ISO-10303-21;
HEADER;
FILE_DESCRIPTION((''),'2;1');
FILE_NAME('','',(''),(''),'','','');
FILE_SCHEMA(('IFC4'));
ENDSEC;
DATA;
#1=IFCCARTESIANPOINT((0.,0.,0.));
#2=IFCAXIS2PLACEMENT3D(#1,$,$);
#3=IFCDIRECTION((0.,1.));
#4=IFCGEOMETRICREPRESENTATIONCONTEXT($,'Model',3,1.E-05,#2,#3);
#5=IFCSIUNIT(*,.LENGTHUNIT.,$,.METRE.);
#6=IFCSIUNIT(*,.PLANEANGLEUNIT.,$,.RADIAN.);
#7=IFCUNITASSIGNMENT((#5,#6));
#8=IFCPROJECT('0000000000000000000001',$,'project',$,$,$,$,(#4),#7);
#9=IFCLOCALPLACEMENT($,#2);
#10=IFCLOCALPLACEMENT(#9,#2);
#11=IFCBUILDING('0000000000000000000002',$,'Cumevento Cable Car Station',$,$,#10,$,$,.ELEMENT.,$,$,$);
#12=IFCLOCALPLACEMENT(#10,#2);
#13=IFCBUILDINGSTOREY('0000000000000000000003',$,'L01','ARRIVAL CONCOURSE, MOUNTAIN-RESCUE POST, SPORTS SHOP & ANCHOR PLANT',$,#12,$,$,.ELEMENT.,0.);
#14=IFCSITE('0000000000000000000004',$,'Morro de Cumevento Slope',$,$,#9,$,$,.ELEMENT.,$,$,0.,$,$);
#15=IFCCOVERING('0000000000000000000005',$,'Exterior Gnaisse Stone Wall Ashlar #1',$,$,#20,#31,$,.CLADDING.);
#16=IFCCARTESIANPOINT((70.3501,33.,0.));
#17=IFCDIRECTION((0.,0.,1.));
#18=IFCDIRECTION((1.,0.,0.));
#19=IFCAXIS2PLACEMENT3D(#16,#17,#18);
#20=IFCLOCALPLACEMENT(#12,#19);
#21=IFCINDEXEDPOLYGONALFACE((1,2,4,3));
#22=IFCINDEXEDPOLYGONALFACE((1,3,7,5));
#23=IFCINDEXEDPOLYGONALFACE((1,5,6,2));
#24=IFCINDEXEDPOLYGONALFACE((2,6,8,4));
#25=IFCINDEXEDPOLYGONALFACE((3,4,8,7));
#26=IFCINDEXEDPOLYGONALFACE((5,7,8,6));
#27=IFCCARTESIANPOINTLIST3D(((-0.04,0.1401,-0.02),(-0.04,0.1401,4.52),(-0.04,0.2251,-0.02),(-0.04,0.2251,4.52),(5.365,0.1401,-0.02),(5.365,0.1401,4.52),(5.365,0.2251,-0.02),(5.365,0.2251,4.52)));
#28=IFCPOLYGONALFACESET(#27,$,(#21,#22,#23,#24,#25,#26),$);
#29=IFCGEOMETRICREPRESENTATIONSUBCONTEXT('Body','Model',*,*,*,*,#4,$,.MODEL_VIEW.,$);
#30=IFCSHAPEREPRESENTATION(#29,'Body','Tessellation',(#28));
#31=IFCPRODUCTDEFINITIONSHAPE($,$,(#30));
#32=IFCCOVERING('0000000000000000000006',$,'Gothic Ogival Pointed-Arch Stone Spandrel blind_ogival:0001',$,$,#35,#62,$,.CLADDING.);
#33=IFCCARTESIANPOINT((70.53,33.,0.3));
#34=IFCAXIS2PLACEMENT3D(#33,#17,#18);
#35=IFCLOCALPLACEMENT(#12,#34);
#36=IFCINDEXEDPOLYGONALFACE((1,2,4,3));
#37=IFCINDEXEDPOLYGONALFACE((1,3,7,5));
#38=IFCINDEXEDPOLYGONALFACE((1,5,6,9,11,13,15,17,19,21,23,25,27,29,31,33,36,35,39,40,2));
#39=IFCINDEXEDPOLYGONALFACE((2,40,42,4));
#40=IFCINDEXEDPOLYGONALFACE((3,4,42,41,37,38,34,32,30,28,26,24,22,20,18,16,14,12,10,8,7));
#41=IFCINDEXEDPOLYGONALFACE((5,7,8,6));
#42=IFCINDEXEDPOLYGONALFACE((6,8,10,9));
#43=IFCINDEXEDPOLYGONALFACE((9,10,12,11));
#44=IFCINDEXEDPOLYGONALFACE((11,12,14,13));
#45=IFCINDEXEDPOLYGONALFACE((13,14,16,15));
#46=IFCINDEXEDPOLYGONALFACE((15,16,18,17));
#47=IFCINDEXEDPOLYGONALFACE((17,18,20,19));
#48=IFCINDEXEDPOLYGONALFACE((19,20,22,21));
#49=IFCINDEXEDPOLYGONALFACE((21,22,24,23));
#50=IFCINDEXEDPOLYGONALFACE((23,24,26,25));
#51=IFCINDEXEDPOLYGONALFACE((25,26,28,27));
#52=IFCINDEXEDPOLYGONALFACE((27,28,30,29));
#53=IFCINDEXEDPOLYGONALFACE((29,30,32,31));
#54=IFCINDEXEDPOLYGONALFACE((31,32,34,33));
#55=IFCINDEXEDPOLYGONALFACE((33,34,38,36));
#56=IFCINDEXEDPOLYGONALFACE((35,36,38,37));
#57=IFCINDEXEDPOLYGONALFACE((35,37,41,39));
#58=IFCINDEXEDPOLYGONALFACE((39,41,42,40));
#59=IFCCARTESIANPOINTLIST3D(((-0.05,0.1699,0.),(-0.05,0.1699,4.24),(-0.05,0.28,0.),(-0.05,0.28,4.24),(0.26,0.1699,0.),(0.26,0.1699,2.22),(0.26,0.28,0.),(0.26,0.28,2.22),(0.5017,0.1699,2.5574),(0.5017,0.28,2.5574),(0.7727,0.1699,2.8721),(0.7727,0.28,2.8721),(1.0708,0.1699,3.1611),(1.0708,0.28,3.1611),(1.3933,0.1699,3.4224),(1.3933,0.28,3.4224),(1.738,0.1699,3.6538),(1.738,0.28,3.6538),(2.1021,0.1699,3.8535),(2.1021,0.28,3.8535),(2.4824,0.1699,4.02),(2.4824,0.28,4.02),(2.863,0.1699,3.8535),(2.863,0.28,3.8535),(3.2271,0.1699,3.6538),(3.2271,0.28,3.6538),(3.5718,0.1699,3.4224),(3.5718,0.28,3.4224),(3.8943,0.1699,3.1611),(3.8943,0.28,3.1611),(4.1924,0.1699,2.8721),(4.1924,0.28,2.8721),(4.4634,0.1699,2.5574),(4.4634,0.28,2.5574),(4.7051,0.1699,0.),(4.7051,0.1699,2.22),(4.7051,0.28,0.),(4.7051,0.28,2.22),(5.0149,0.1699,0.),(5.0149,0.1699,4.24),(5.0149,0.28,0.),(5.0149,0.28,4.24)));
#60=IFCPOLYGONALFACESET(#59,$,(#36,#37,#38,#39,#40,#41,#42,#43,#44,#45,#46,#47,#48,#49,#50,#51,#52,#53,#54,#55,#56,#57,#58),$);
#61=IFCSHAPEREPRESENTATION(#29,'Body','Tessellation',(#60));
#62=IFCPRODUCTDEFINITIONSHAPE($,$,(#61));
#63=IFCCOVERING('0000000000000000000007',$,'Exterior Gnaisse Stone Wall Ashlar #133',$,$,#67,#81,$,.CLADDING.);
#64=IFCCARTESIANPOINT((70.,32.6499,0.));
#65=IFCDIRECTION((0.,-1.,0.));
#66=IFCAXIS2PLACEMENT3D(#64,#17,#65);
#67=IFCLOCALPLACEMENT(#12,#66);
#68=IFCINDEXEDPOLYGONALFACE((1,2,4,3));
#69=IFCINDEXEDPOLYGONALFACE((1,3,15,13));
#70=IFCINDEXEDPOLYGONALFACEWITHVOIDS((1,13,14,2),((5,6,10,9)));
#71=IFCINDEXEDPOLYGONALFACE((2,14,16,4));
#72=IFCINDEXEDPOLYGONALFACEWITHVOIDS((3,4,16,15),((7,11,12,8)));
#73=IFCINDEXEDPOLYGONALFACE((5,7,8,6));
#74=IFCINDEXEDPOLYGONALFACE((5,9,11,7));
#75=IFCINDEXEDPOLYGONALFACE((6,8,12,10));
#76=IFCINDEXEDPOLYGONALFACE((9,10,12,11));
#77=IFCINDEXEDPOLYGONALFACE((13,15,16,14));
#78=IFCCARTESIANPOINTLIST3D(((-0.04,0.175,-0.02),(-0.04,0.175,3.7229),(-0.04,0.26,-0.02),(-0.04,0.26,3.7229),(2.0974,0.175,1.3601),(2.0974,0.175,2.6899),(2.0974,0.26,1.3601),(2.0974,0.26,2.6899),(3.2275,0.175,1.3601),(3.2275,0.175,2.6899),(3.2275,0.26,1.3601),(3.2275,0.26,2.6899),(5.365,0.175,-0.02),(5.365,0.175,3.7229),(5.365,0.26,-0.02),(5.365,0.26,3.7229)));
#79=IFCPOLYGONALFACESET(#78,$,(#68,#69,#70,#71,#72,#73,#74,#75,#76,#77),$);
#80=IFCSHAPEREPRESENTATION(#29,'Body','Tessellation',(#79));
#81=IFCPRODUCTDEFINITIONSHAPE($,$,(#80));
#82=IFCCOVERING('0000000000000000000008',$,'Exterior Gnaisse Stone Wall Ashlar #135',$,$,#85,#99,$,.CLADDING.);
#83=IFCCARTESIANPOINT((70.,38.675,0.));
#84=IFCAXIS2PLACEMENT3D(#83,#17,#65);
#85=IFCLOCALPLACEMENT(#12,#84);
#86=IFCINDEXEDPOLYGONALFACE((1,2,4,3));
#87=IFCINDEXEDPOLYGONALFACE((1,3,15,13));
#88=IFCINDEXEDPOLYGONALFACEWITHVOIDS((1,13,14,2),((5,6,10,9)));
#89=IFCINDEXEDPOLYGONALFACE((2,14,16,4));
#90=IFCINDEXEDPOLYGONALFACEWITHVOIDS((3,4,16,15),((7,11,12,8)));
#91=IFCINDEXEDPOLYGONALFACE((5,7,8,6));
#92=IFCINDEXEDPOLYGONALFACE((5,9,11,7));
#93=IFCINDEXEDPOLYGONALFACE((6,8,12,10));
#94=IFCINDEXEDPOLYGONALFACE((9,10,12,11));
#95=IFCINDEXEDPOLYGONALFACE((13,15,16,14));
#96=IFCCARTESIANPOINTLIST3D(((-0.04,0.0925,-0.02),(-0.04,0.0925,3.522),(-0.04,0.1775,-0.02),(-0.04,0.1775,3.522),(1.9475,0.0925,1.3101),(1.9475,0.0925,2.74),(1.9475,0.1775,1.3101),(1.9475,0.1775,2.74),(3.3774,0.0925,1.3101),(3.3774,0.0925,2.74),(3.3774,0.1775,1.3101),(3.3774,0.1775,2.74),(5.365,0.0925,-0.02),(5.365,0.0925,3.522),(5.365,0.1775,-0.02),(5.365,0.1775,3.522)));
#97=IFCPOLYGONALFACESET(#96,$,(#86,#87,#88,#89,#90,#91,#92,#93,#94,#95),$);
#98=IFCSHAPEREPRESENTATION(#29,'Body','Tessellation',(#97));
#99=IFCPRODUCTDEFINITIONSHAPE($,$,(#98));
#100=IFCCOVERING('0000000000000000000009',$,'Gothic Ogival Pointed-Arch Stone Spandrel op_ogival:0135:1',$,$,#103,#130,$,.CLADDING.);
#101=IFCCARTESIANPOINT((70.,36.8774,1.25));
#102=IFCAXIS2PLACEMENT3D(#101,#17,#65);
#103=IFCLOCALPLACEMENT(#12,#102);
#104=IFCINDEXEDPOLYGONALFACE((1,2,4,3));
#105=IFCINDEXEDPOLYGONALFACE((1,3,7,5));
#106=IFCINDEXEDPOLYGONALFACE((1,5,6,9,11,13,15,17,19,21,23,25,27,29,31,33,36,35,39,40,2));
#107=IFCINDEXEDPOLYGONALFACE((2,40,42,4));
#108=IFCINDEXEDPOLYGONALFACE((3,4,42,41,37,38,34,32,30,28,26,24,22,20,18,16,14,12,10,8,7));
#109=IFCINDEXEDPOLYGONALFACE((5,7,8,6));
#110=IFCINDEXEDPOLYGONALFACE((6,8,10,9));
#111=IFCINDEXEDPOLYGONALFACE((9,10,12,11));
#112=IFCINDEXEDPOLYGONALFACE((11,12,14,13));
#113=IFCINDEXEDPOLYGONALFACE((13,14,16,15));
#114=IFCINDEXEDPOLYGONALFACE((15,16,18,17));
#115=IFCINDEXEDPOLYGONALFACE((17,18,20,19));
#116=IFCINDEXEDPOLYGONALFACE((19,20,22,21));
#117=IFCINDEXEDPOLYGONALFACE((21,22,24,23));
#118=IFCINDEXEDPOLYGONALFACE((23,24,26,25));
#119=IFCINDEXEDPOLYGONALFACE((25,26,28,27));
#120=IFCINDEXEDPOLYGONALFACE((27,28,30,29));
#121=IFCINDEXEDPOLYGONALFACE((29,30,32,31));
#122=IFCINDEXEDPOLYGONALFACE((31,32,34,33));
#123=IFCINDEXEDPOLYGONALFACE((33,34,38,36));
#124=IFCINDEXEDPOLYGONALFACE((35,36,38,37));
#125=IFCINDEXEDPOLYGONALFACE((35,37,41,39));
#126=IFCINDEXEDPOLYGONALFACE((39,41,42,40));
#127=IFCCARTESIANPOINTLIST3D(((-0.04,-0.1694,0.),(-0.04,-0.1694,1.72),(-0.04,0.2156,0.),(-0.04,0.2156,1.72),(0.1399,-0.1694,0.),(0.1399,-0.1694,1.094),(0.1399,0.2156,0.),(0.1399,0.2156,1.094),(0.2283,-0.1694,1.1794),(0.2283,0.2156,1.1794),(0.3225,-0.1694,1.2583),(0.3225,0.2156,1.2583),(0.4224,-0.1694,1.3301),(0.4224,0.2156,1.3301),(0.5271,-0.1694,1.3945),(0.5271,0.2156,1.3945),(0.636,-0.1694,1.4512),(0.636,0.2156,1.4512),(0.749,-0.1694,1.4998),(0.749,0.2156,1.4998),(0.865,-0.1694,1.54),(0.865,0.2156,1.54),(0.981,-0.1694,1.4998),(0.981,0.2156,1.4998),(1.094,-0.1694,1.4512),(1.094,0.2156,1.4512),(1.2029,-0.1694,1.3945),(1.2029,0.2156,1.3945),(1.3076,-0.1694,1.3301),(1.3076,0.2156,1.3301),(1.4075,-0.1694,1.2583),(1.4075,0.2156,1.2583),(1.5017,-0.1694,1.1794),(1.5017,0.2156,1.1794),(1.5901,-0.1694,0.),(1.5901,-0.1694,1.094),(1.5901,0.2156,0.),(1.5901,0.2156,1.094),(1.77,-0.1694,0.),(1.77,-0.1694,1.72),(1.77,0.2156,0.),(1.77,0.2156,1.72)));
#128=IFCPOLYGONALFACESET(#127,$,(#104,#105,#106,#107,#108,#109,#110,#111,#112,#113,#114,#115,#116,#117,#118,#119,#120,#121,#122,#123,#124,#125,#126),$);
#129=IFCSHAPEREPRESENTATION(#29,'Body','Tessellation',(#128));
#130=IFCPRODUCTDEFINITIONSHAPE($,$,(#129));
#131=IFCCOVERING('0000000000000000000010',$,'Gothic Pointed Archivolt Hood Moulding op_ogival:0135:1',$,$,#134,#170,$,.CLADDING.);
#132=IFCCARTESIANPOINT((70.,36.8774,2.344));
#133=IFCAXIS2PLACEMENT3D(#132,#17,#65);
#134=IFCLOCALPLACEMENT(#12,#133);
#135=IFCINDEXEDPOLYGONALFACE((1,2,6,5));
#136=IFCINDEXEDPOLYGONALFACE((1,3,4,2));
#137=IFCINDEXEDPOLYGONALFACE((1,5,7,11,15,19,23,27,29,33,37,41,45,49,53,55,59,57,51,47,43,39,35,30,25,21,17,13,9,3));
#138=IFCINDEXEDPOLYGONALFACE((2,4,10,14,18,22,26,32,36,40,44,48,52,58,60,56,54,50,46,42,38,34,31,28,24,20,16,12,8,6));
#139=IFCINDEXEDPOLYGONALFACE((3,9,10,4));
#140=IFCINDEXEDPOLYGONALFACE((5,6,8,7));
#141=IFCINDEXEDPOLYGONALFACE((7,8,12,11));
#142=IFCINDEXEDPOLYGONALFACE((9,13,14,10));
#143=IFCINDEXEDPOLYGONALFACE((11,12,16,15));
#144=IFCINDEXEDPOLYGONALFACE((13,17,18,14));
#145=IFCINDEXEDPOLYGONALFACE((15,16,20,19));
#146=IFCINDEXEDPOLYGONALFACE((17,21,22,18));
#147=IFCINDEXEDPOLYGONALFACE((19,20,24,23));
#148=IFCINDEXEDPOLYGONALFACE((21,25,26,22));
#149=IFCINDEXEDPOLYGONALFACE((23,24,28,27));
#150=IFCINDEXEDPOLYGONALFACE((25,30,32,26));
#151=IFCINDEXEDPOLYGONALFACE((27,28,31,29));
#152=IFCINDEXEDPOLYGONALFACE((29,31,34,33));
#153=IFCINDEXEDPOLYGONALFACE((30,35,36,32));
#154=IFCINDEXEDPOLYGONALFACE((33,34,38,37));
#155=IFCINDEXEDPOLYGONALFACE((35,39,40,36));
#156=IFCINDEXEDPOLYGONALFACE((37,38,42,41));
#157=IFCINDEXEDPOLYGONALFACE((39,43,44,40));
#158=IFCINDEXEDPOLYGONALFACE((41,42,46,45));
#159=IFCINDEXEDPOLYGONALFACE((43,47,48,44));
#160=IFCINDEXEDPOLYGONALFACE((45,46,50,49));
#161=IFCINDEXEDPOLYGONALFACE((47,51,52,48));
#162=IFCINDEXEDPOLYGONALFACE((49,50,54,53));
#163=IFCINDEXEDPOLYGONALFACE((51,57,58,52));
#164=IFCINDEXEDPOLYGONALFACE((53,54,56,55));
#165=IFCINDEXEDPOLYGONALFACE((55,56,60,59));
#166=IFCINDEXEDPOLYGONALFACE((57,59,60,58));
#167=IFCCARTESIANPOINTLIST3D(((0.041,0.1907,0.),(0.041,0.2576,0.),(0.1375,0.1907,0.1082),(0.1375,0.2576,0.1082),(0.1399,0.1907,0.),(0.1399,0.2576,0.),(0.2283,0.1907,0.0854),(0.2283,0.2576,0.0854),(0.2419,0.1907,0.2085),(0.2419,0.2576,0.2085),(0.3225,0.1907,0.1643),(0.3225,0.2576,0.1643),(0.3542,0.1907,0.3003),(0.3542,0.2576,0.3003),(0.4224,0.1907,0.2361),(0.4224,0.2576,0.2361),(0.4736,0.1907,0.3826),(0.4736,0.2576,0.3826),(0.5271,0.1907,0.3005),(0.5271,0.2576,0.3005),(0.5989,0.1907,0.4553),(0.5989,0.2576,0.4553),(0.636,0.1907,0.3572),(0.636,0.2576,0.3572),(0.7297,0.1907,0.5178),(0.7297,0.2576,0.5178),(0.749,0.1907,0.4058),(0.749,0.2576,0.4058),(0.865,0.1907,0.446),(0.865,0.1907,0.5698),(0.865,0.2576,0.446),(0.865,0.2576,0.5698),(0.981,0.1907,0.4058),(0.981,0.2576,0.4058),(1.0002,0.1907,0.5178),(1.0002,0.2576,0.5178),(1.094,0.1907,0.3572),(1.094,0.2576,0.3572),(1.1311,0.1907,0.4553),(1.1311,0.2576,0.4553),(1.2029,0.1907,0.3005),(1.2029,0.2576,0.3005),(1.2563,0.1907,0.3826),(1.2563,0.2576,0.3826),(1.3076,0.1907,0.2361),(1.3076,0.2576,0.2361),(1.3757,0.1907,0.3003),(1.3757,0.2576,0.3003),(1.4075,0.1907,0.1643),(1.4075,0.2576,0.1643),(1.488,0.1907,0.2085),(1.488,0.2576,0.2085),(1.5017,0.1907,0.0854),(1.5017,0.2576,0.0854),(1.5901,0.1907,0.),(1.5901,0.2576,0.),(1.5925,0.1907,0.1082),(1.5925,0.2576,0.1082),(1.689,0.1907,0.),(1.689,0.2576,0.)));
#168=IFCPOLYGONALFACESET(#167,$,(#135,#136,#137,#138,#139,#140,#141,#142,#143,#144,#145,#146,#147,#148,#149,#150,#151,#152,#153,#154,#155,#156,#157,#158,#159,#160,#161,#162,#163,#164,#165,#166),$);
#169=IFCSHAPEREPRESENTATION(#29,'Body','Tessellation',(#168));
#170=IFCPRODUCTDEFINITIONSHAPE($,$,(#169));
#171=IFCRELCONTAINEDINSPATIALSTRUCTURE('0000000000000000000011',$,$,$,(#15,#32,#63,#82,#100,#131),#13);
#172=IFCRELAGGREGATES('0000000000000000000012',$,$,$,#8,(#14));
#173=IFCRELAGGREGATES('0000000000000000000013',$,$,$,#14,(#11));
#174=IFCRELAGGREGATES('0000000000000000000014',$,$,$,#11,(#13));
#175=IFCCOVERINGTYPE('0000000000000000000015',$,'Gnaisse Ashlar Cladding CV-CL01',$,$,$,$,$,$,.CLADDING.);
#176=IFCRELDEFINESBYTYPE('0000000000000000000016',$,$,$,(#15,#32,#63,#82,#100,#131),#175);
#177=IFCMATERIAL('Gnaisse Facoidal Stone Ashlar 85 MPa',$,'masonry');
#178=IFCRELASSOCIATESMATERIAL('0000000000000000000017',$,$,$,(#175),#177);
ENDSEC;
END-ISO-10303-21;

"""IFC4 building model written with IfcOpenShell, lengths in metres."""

from ifc_helpers import new_model, si_unit, direction, frame, origin, place, context, subcontext, project, spatial, polyline, outline, extrude, material, type_object, element, save


model = new_model("IFC4")

# Units and contexts
model_context = context("Model", 3, precision=1e-05, world=origin(), true_north=direction((0.0, 1.0)))
body_context = subcontext(model_context, "Body", "Model", "MODEL_VIEW")
ifc_project = project(units=[si_unit("LENGTHUNIT", "METRE"), si_unit("PLANEANGLEUNIT", "RADIAN")], contexts=[model_context])

# Site, building, storey
site_placement = place(None, origin())
site = spatial("IfcSite", under=ifc_project, at=site_placement, Name="Morro de Cumevento Slope", CompositionType="ELEMENT", RefElevation=0.0)
building_placement = place(site_placement, origin())
building = spatial("IfcBuilding", under=site, at=building_placement, Name="Cumevento Cable Car Station", CompositionType="ELEMENT")
storey_placement = place(building_placement, origin())
storey = spatial("IfcBuildingStorey", under=building, at=storey_placement, Name="L01", Description="ARRIVAL CONCOURSE, MOUNTAIN-RESCUE POST, SPORTS SHOP & ANCHOR PLANT", CompositionType="ELEMENT", Elevation=0.0)

# Coverings
ifc_material_1 = material(Name="Gnaisse Facoidal Stone Ashlar 85 MPa", Category="masonry")
covering_type = type_object("IfcCoveringType", Name="Gnaisse Ashlar Cladding CV-CL01", PredefinedType="CLADDING", material=ifc_material_1)
covering_1_placement = place(storey_placement, frame((70.3501, 33.0, 0.0), z_axis=(0.0, 0.0, 1.0), x_axis=(1.0, 0.0, 0.0)))
element("IfcCovering", 1, at=covering_1_placement, inside=storey, type_object=covering_type, Name="Exterior Gnaisse Stone Wall Ashlar #1", PredefinedType="CLADDING", context=body_context, shape_type="SweptSolid", body=[
    extrude(outline(polyline([(-0.04, -0.02), (5.365, -0.02), (5.365, 4.52), (-0.04, 4.52), (-0.04, -0.02)])), frame((0.0, 0.2251, 0.0), z_axis=(0.0, -1.0, 0.0), x_axis=(1.0, 0.0, 0.0)), (0.0, 0.0, 1.0), 0.085),
])
covering_2_placement = place(storey_placement, frame((70.53, 33.0, 0.3), z_axis=(0.0, 0.0, 1.0), x_axis=(1.0, 0.0, 0.0)))
element("IfcCovering", 2, at=covering_2_placement, inside=storey, type_object=covering_type, Name="Gothic Ogival Pointed-Arch Stone Spandrel blind_ogival:0001", PredefinedType="CLADDING", context=body_context, shape_type="SweptSolid", body=[
    extrude(outline(polyline([(-0.05, 0.0), (-0.05, 4.24), (5.0149, 4.24), (5.0149, 0.0), (4.7051, 0.0), (4.7051, 2.22), (4.4634, 2.5574), (4.1924, 2.8721), (3.8943, 3.1611), (3.5718, 3.4224), (3.2271, 3.6538), (2.863, 3.8535), (2.4824, 4.02), (2.1021, 3.8535), (1.738, 3.6538), (1.3933, 3.4224), (1.0708, 3.1611), (0.7727, 2.8721), (0.5017, 2.5574), (0.26, 2.22), (0.26, 0.0), (-0.05, 0.0)])), frame((0.0, 0.28, 0.0), z_axis=(0.0, -1.0, 0.0), x_axis=(1.0, 0.0, 0.0)), (0.0, 0.0, 1.0), 0.1101),
])
covering_3_placement = place(storey_placement, frame((70.0, 32.6499, 0.0), z_axis=(0.0, 0.0, 1.0), x_axis=(0.0, -1.0, 0.0)))
element("IfcCovering", 3, at=covering_3_placement, inside=storey, type_object=covering_type, Name="Exterior Gnaisse Stone Wall Ashlar #133", PredefinedType="CLADDING", context=body_context, shape_type="SweptSolid", body=[
    extrude(outline(polyline([(-0.04, -0.02), (5.365, -0.02), (5.365, 3.7229), (-0.04, 3.7229), (-0.04, -0.02)]), holes=[polyline([(2.0974, 1.3601), (3.2275, 1.3601), (3.2275, 2.6899), (2.0974, 2.6899), (2.0974, 1.3601)])]), frame((0.0, 0.26, 0.0), z_axis=(0.0, -1.0, 0.0), x_axis=(1.0, 0.0, 0.0)), (0.0, 0.0, 1.0), 0.085),
])
covering_4_placement = place(storey_placement, frame((70.0, 38.675, 0.0), z_axis=(0.0, 0.0, 1.0), x_axis=(0.0, -1.0, 0.0)))
element("IfcCovering", 4, at=covering_4_placement, inside=storey, type_object=covering_type, Name="Exterior Gnaisse Stone Wall Ashlar #135", PredefinedType="CLADDING", context=body_context, shape_type="SweptSolid", body=[
    extrude(outline(polyline([(-0.04, -0.02), (5.365, -0.02), (5.365, 3.522), (-0.04, 3.522), (-0.04, -0.02)]), holes=[polyline([(1.9475, 1.3101), (3.3774, 1.3101), (3.3774, 2.74), (1.9475, 2.74), (1.9475, 1.3101)])]), frame((0.0, 0.1775, 0.0), z_axis=(0.0, -1.0, 0.0), x_axis=(1.0, 0.0, 0.0)), (0.0, 0.0, 1.0), 0.085),
])
covering_5_placement = place(storey_placement, frame((70.0, 36.8774, 1.25), z_axis=(0.0, 0.0, 1.0), x_axis=(0.0, -1.0, 0.0)))
element("IfcCovering", 5, at=covering_5_placement, inside=storey, type_object=covering_type, Name="Gothic Ogival Pointed-Arch Stone Spandrel op_ogival:0135:1", PredefinedType="CLADDING", context=body_context, shape_type="SweptSolid", body=[
    extrude(outline(polyline([(-0.04, 0.0), (-0.04, 1.72), (1.77, 1.72), (1.77, 0.0), (1.5901, 0.0), (1.5901, 1.094), (1.5017, 1.1794), (1.4075, 1.2583), (1.3076, 1.3301), (1.2029, 1.3945), (1.094, 1.4512), (0.981, 1.4998), (0.865, 1.54), (0.749, 1.4998), (0.636, 1.4512), (0.5271, 1.3945), (0.4224, 1.3301), (0.3225, 1.2583), (0.2283, 1.1794), (0.1399, 1.094), (0.1399, 0.0), (-0.04, 0.0)])), frame((0.0, 0.2156, 0.0), z_axis=(0.0, -1.0, 0.0), x_axis=(1.0, 0.0, 0.0)), (0.0, 0.0, 1.0), 0.385),
])
covering_6_placement = place(storey_placement, frame((70.0, 36.8774, 2.344), z_axis=(0.0, 0.0, 1.0), x_axis=(0.0, -1.0, 0.0)))
element("IfcCovering", 6, at=covering_6_placement, inside=storey, type_object=covering_type, Name="Gothic Pointed Archivolt Hood Moulding op_ogival:0135:1", PredefinedType="CLADDING", context=body_context, shape_type="SweptSolid", body=[
    extrude(outline(polyline([(0.1399, 0.0), (0.2283, 0.0854), (0.3225, 0.1643), (0.4224, 0.2361), (0.5271, 0.3005), (0.636, 0.3572), (0.749, 0.4058), (0.865, 0.446), (0.981, 0.4058), (1.094, 0.3572), (1.2029, 0.3005), (1.3076, 0.2361), (1.4075, 0.1643), (1.5017, 0.0854), (1.5901, 0.0), (1.689, 0.0), (1.5925, 0.1082), (1.488, 0.2085), (1.3757, 0.3003), (1.2563, 0.3826), (1.1311, 0.4553), (1.0002, 0.5178), (0.865, 0.5698), (0.7297, 0.5178), (0.5989, 0.4553), (0.4736, 0.3826), (0.3542, 0.3003), (0.2419, 0.2085), (0.1375, 0.1082), (0.041, 0.0), (0.1399, 0.0)])), frame((0.0, 0.2576, 0.0), z_axis=(0.0, -1.0, 0.0), x_axis=(1.0, 0.0, 0.0)), (0.0, 0.0, 1.0), 0.0669),
])

save(model, "model.ifc")
